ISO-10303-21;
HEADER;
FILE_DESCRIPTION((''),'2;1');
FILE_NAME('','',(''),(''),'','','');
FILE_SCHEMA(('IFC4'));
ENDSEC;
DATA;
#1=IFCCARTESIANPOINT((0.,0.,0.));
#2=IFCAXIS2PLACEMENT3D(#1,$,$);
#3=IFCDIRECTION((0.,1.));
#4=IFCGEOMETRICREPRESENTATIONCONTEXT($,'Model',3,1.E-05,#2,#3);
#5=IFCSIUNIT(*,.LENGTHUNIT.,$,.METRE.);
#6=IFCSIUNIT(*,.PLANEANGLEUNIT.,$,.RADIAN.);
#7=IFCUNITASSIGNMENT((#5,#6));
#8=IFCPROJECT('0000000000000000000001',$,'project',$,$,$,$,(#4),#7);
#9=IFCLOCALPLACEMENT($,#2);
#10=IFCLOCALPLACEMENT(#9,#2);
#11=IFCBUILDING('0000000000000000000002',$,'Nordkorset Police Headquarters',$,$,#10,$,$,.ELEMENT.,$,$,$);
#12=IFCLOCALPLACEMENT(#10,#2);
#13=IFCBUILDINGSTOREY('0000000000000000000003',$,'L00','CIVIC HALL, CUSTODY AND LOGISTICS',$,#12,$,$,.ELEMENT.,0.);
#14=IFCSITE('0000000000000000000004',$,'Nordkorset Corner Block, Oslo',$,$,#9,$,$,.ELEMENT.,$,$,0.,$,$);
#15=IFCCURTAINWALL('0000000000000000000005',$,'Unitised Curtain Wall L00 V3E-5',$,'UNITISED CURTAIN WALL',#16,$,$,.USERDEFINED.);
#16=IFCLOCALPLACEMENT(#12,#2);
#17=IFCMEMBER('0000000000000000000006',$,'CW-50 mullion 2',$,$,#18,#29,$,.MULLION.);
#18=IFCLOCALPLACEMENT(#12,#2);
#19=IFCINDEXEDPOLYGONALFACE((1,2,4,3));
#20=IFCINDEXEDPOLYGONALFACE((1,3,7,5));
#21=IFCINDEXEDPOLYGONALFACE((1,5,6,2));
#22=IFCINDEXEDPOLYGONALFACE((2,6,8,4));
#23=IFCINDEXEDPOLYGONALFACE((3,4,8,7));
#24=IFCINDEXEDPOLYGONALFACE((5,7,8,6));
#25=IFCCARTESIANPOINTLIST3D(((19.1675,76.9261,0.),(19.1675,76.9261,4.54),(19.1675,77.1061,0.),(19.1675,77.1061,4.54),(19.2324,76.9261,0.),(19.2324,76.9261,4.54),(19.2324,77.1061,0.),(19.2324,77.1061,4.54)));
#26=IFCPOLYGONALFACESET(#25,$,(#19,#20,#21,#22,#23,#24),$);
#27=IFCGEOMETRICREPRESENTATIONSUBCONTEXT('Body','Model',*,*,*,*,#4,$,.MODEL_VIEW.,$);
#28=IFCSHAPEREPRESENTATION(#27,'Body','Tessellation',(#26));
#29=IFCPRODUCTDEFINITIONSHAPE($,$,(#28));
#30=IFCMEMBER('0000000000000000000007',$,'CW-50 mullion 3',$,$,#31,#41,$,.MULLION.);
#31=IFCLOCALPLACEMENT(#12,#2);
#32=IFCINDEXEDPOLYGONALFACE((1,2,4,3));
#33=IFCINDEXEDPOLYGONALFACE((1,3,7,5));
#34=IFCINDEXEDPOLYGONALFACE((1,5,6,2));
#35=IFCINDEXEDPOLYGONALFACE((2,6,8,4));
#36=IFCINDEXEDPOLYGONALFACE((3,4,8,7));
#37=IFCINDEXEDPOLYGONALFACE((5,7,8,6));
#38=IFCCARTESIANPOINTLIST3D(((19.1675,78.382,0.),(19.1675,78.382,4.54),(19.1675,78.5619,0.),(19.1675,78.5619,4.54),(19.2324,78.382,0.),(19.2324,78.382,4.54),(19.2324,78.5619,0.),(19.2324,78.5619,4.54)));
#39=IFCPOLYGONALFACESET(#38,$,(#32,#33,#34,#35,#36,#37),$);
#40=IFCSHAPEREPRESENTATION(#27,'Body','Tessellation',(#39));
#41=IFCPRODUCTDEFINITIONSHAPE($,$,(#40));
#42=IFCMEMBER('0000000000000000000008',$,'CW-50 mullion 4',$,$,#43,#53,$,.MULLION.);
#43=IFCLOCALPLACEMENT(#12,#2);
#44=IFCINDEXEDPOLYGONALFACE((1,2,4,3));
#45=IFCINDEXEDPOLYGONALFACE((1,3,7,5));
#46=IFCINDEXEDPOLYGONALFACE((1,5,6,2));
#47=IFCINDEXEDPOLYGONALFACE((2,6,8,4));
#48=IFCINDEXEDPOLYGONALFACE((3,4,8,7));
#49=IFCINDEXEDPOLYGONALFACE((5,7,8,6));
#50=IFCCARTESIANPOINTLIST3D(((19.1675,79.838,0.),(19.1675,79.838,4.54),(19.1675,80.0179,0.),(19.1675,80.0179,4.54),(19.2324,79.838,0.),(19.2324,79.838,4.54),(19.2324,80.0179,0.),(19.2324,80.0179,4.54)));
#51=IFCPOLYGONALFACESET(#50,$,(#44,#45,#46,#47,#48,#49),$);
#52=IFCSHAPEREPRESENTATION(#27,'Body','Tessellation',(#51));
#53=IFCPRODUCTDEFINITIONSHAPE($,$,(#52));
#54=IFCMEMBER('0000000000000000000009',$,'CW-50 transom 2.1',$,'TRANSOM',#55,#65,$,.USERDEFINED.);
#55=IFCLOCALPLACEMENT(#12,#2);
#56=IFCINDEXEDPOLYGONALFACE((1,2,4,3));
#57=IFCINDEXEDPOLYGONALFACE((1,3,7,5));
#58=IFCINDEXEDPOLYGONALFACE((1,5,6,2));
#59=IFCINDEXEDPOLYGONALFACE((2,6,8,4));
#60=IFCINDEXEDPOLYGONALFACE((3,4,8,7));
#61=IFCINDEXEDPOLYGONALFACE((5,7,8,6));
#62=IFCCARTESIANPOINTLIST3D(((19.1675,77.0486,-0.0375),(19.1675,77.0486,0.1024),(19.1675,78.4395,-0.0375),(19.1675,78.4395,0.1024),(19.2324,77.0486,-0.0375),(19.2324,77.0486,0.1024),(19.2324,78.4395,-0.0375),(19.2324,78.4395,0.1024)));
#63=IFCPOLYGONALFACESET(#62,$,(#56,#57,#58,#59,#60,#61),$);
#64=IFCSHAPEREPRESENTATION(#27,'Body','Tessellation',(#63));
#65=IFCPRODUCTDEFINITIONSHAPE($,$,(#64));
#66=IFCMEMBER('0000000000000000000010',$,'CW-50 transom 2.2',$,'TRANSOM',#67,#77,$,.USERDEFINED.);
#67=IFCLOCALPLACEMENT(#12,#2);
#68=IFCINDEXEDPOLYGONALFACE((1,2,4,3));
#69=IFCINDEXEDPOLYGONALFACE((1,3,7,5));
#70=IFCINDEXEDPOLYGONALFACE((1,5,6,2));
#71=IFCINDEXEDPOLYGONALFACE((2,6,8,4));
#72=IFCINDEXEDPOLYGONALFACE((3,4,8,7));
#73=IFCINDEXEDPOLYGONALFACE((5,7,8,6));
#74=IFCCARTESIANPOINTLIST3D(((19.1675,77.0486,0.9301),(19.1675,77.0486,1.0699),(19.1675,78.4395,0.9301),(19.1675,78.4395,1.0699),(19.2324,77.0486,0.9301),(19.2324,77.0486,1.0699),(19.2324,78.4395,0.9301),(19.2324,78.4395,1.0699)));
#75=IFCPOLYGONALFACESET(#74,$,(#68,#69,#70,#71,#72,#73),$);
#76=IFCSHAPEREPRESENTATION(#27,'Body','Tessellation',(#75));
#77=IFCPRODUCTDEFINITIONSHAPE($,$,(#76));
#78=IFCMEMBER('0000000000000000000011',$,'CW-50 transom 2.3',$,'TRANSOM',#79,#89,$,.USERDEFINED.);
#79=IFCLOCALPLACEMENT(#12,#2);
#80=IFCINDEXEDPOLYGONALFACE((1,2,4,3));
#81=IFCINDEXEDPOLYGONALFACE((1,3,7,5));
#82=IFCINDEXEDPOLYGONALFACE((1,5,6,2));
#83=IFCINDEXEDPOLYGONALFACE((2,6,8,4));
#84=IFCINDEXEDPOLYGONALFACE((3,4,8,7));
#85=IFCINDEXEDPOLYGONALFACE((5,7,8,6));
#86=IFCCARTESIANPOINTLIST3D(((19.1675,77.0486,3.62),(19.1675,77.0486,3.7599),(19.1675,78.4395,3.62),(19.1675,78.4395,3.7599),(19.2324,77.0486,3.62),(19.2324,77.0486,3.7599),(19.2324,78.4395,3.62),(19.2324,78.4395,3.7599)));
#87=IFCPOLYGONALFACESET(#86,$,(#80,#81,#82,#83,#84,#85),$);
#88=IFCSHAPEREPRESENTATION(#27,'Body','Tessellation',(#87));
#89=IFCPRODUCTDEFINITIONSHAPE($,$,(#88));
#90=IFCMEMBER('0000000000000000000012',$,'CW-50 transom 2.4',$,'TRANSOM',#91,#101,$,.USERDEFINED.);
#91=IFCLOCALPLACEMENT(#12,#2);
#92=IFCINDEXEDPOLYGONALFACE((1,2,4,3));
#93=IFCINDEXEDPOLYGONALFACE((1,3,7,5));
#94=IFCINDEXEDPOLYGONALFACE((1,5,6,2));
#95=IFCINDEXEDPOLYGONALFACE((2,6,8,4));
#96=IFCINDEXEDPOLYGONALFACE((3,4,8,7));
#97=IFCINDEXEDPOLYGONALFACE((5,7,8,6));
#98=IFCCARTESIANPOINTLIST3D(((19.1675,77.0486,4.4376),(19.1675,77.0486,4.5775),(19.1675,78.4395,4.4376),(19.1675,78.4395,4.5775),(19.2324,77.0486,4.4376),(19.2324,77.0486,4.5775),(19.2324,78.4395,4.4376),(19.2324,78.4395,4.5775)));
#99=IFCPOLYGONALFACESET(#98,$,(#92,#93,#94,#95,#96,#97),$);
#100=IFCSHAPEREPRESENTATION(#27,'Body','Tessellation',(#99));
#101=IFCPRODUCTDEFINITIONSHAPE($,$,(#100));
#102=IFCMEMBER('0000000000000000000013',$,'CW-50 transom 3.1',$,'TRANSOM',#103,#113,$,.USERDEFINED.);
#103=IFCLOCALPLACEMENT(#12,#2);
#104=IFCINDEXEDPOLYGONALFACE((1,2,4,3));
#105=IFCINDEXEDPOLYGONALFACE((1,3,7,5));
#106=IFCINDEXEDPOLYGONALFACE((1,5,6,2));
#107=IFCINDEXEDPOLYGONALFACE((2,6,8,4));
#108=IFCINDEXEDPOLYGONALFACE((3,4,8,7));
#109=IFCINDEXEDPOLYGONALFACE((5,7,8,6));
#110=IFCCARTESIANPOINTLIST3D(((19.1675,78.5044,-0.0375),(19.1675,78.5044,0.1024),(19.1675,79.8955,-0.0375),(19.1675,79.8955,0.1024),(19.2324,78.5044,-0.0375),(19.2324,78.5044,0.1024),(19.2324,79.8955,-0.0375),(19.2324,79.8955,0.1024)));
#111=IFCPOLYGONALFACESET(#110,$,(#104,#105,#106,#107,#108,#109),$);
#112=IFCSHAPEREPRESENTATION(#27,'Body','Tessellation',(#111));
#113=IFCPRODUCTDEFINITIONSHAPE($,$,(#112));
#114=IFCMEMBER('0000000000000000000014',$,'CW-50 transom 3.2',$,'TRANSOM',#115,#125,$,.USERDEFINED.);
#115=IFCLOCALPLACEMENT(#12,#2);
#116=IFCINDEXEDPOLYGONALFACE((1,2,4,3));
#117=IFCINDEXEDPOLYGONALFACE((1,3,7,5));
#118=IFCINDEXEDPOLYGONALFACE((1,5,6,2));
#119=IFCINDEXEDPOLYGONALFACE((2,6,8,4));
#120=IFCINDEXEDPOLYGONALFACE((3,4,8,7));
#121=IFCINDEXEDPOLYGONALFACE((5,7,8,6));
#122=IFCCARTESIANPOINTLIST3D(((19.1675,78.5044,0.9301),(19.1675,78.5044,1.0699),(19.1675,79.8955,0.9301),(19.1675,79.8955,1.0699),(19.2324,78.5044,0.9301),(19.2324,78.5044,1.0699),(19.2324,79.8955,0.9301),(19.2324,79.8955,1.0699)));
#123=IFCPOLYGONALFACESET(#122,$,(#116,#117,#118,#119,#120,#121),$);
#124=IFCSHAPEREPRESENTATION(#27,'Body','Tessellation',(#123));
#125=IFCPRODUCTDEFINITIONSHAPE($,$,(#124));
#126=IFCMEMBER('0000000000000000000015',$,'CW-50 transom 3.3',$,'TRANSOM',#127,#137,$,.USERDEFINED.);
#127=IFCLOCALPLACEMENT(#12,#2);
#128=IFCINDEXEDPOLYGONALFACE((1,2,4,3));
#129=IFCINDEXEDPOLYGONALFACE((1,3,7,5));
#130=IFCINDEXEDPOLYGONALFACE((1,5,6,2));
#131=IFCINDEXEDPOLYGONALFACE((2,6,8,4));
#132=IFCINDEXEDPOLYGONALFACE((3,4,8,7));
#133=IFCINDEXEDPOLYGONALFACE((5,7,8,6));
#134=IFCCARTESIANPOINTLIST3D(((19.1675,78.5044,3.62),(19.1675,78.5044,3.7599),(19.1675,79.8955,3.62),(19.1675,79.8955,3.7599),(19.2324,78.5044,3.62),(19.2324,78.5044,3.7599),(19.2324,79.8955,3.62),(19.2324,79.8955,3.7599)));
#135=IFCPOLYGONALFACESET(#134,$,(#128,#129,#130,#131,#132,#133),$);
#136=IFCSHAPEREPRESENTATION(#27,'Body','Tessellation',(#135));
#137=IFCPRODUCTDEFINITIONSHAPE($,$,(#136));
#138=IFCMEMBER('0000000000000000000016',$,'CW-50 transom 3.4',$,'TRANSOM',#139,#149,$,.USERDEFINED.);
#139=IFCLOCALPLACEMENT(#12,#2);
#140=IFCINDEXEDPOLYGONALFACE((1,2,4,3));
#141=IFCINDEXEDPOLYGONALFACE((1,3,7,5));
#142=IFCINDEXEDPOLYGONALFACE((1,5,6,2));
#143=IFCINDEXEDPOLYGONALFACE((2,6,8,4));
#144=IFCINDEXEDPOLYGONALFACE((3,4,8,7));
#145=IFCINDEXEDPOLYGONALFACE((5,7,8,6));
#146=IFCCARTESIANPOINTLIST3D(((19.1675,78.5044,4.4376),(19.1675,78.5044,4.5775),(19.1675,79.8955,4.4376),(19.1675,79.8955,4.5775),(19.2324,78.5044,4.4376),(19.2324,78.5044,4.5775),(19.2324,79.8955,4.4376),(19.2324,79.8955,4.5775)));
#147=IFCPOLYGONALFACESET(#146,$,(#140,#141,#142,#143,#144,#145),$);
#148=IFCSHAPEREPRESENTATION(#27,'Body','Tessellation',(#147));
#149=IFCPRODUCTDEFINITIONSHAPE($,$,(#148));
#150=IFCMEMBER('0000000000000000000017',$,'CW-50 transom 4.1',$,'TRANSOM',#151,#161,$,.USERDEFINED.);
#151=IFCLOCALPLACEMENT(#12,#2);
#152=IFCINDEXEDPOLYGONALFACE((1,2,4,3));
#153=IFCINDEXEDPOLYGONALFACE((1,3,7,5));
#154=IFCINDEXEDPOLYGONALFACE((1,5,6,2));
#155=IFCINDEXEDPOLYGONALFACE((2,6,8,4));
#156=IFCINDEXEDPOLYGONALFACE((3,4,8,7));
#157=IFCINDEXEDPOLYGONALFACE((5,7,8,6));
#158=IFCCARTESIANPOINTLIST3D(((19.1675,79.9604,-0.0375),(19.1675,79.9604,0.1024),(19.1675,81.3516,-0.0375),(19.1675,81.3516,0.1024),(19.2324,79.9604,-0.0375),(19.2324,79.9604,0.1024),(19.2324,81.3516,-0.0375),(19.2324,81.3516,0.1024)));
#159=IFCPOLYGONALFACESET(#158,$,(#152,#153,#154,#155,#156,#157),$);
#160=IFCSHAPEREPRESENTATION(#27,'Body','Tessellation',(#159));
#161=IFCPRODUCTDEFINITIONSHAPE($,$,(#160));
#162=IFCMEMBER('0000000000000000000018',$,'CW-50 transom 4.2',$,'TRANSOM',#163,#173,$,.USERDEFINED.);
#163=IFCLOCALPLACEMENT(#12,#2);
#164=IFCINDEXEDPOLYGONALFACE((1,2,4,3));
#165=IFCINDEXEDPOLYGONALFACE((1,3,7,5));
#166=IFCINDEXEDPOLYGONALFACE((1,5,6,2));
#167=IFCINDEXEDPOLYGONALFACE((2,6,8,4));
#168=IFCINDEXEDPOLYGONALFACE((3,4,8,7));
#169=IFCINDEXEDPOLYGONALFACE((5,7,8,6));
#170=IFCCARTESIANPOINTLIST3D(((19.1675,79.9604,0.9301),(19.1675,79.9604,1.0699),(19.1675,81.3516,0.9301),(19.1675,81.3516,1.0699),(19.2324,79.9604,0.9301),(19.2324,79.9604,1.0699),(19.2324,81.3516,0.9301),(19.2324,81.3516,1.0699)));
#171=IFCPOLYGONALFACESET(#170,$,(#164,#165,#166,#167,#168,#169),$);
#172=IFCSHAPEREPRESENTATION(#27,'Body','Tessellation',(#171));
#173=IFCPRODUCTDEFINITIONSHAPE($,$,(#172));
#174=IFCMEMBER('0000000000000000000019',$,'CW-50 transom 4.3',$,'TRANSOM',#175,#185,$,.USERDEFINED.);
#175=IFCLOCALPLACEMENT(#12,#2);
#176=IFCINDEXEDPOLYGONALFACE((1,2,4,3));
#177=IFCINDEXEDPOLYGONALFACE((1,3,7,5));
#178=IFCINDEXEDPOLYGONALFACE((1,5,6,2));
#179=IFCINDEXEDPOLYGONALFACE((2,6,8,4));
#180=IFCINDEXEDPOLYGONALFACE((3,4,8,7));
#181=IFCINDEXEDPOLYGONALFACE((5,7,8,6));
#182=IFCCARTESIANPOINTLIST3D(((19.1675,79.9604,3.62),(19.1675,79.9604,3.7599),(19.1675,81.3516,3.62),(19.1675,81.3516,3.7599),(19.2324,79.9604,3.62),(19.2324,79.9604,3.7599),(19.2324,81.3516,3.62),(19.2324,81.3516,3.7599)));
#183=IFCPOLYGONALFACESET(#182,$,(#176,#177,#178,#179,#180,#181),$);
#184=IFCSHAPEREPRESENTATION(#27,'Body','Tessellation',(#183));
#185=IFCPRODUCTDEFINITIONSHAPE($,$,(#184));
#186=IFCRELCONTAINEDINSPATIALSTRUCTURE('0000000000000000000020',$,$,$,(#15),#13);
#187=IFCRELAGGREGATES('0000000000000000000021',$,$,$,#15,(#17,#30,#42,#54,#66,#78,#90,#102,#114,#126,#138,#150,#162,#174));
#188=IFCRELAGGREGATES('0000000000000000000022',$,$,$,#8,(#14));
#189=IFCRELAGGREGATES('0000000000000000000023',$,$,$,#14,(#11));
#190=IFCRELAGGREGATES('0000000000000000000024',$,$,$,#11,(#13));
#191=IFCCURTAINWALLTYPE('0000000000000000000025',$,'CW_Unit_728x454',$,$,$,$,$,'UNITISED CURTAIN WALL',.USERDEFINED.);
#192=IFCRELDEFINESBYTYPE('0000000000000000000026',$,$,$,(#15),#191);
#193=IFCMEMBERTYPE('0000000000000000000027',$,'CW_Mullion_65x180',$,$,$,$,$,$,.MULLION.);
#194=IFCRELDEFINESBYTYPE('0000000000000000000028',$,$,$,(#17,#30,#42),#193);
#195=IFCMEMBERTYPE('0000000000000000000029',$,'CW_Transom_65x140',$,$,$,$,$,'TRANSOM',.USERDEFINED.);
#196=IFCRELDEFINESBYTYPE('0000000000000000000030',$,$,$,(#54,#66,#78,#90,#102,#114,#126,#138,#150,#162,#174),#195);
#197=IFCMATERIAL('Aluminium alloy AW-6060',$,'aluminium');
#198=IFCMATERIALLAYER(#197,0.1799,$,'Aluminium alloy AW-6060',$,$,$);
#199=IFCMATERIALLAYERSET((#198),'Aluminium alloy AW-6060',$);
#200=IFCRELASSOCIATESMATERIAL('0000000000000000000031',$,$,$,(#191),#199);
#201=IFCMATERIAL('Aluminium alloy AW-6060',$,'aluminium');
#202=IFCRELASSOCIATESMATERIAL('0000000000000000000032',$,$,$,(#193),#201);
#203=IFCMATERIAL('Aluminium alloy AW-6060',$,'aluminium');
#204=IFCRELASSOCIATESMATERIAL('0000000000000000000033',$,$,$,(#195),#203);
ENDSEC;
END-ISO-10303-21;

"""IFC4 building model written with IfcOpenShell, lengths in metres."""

from ifc_helpers import new_model, si_unit, direction, frame, origin, origin_2d, place, context, subcontext, project, spatial, rectangle, extrude, material, layer, layer_set, material_profile, profile_set, type_object, element, aggregate, save


model = new_model("IFC4")

# Units and contexts
model_context = context("Model", 3, precision=1e-05, world=origin(), true_north=direction((0.0, 1.0)))
body_context = subcontext(model_context, "Body", "Model", "MODEL_VIEW")
ifc_project = project(units=[si_unit("LENGTHUNIT", "METRE"), si_unit("PLANEANGLEUNIT", "RADIAN")], contexts=[model_context])

# Site, building, storey
site_placement = place(None, origin())
site = spatial("IfcSite", under=ifc_project, at=site_placement, Name="Nordkorset Corner Block, Oslo", CompositionType="ELEMENT", RefElevation=0.0)
building_placement = place(site_placement, origin())
building = spatial("IfcBuilding", under=site, at=building_placement, Name="Nordkorset Police Headquarters", CompositionType="ELEMENT")
storey_placement = place(building_placement, origin())
storey = spatial("IfcBuildingStorey", under=building, at=storey_placement, Name="L00", Description="CIVIC HALL, CUSTODY AND LOGISTICS", CompositionType="ELEMENT", Elevation=0.0)

# Curtain wall, members
ifc_material_1 = material(Name="Aluminium alloy AW-6060", Category="aluminium")
ifc_layer_1 = layer(ifc_material_1, 0.1799, Name="Aluminium alloy AW-6060")
ifc_layer_set_1 = layer_set([ifc_layer_1], Name="Aluminium alloy AW-6060")
curtain_wall_type = type_object("IfcCurtainWallType", Name="CW_Unit_728x454", ElementType="UNITISED CURTAIN WALL", PredefinedType="USERDEFINED", material=ifc_layer_set_1)
curtain_wall_placement = place(storey_placement, origin())
curtain_wall = element("IfcCurtainWall", 1, at=curtain_wall_placement, inside=storey, type_object=curtain_wall_type, Name="Unitised Curtain Wall L00 V3E-5", ObjectType="UNITISED CURTAIN WALL", PredefinedType="USERDEFINED")
ifc_material_2 = material(Name="Aluminium alloy AW-6060", Category="aluminium")
ifc_material_profile_1 = material_profile(ifc_material_2, rectangle(XDim=0.0649, YDim=0.1799, at=origin_2d()), Name="ALU MULL 65x180")
ifc_profile_set_1 = profile_set([ifc_material_profile_1], Name="Aluminium alloy AW-6060")
member_type_1 = type_object("IfcMemberType", Name="CW_Mullion_65x180", PredefinedType="MULLION", material=ifc_profile_set_1)
member_1_placement = place(storey_placement, frame((19.2, 77.0161, 0.0), z_axis=(0.0, 0.0, 1.0), x_axis=(-1.0, 0.0, 0.0)))
member_1 = element("IfcMember", 2, at=member_1_placement, type_object=member_type_1, Name="CW-50 mullion 2", PredefinedType="MULLION", context=body_context, shape_type="SweptSolid", body=[
    extrude(rectangle(XDim=0.0649, YDim=0.1799, at=origin_2d()), origin(), (0.0, 0.0, 1.0), 4.54),
])
member_2_placement = place(storey_placement, frame((19.2, 78.4719, 0.0), z_axis=(0.0, 0.0, 1.0), x_axis=(-1.0, 0.0, 0.0)))
member_2 = element("IfcMember", 3, at=member_2_placement, type_object=member_type_1, Name="CW-50 mullion 3", PredefinedType="MULLION", context=body_context, shape_type="SweptSolid", body=[
    extrude(rectangle(XDim=0.0649, YDim=0.1799, at=origin_2d()), origin(), (0.0, 0.0, 1.0), 4.54),
])
member_3_placement = place(storey_placement, frame((19.2, 79.928, 0.0), z_axis=(0.0, 0.0, 1.0), x_axis=(-1.0, 0.0, 0.0)))
member_3 = element("IfcMember", 4, at=member_3_placement, type_object=member_type_1, Name="CW-50 mullion 4", PredefinedType="MULLION", context=body_context, shape_type="SweptSolid", body=[
    extrude(rectangle(XDim=0.0649, YDim=0.1799, at=origin_2d()), origin(), (0.0, 0.0, 1.0), 4.54),
])
ifc_material_3 = material(Name="Aluminium alloy AW-6060", Category="aluminium")
ifc_material_profile_2 = material_profile(ifc_material_3, rectangle(XDim=0.0649, YDim=0.1399, at=origin_2d()), Name="ALU TRAN 65x140")
ifc_profile_set_2 = profile_set([ifc_material_profile_2], Name="Aluminium alloy AW-6060")
member_type_2 = type_object("IfcMemberType", Name="CW_Transom_65x140", ElementType="TRANSOM", PredefinedType="USERDEFINED", material=ifc_profile_set_2)
member_4_placement = place(storey_placement, frame((19.2, 77.0486, 0.0325), z_axis=(0.0, 1.0, 0.0), x_axis=(-1.0, 0.0, 0.0)))
member_4 = element("IfcMember", 5, at=member_4_placement, type_object=member_type_2, Name="CW-50 transom 2.1", ObjectType="TRANSOM", PredefinedType="USERDEFINED", context=body_context, shape_type="SweptSolid", body=[
    extrude(rectangle(XDim=0.0649, YDim=0.1399, at=origin_2d()), origin(), (0.0, 0.0, 1.0), 1.3909),
])
member_5_placement = place(storey_placement, frame((19.2, 77.0486, 1.0), z_axis=(0.0, 1.0, 0.0), x_axis=(-1.0, 0.0, 0.0)))
member_5 = element("IfcMember", 6, at=member_5_placement, type_object=member_type_2, Name="CW-50 transom 2.2", ObjectType="TRANSOM", PredefinedType="USERDEFINED", context=body_context, shape_type="SweptSolid", body=[
    extrude(rectangle(XDim=0.0649, YDim=0.1399, at=origin_2d()), origin(), (0.0, 0.0, 1.0), 1.3909),
])
member_6_placement = place(storey_placement, frame((19.2, 77.0486, 3.6899), z_axis=(0.0, 1.0, 0.0), x_axis=(-1.0, 0.0, 0.0)))
member_6 = element("IfcMember", 7, at=member_6_placement, type_object=member_type_2, Name="CW-50 transom 2.3", ObjectType="TRANSOM", PredefinedType="USERDEFINED", context=body_context, shape_type="SweptSolid", body=[
    extrude(rectangle(XDim=0.0649, YDim=0.1399, at=origin_2d()), origin(), (0.0, 0.0, 1.0), 1.3909),
])
member_7_placement = place(storey_placement, frame((19.2, 77.0486, 4.5076), z_axis=(0.0, 1.0, 0.0), x_axis=(-1.0, 0.0, 0.0)))
member_7 = element("IfcMember", 8, at=member_7_placement, type_object=member_type_2, Name="CW-50 transom 2.4", ObjectType="TRANSOM", PredefinedType="USERDEFINED", context=body_context, shape_type="SweptSolid", body=[
    extrude(rectangle(XDim=0.0649, YDim=0.1399, at=origin_2d()), origin(), (0.0, 0.0, 1.0), 1.3909),
])
member_8_placement = place(storey_placement, frame((19.2, 78.5044, 0.0325), z_axis=(0.0, 1.0, 0.0), x_axis=(-1.0, 0.0, 0.0)))
member_8 = element("IfcMember", 9, at=member_8_placement, type_object=member_type_2, Name="CW-50 transom 3.1", ObjectType="TRANSOM", PredefinedType="USERDEFINED", context=body_context, shape_type="SweptSolid", body=[
    extrude(rectangle(XDim=0.0649, YDim=0.1399, at=origin_2d()), origin(), (0.0, 0.0, 1.0), 1.3911),
])
member_9_placement = place(storey_placement, frame((19.2, 78.5044, 1.0), z_axis=(0.0, 1.0, 0.0), x_axis=(-1.0, 0.0, 0.0)))
member_9 = element("IfcMember", 10, at=member_9_placement, type_object=member_type_2, Name="CW-50 transom 3.2", ObjectType="TRANSOM", PredefinedType="USERDEFINED", context=body_context, shape_type="SweptSolid", body=[
    extrude(rectangle(XDim=0.0649, YDim=0.1399, at=origin_2d()), origin(), (0.0, 0.0, 1.0), 1.3911),
])
member_10_placement = place(storey_placement, frame((19.2, 78.5044, 3.6899), z_axis=(0.0, 1.0, 0.0), x_axis=(-1.0, 0.0, 0.0)))
member_10 = element("IfcMember", 11, at=member_10_placement, type_object=member_type_2, Name="CW-50 transom 3.3", ObjectType="TRANSOM", PredefinedType="USERDEFINED", context=body_context, shape_type="SweptSolid", body=[
    extrude(rectangle(XDim=0.0649, YDim=0.1399, at=origin_2d()), origin(), (0.0, 0.0, 1.0), 1.3911),
])
member_11_placement = place(storey_placement, frame((19.2, 78.5044, 4.5076), z_axis=(0.0, 1.0, 0.0), x_axis=(-1.0, 0.0, 0.0)))
member_11 = element("IfcMember", 12, at=member_11_placement, type_object=member_type_2, Name="CW-50 transom 3.4", ObjectType="TRANSOM", PredefinedType="USERDEFINED", context=body_context, shape_type="SweptSolid", body=[
    extrude(rectangle(XDim=0.0649, YDim=0.1399, at=origin_2d()), origin(), (0.0, 0.0, 1.0), 1.3911),
])
member_12_placement = place(storey_placement, frame((19.2, 79.9604, 0.0325), z_axis=(0.0, 1.0, 0.0), x_axis=(-1.0, 0.0, 0.0)))
member_12 = element("IfcMember", 13, at=member_12_placement, type_object=member_type_2, Name="CW-50 transom 4.1", ObjectType="TRANSOM", PredefinedType="USERDEFINED", context=body_context, shape_type="SweptSolid", body=[
    extrude(rectangle(XDim=0.0649, YDim=0.1399, at=origin_2d()), origin(), (0.0, 0.0, 1.0), 1.3911),
])
member_13_placement = place(storey_placement, frame((19.2, 79.9604, 1.0), z_axis=(0.0, 1.0, 0.0), x_axis=(-1.0, 0.0, 0.0)))
member_13 = element("IfcMember", 14, at=member_13_placement, type_object=member_type_2, Name="CW-50 transom 4.2", ObjectType="TRANSOM", PredefinedType="USERDEFINED", context=body_context, shape_type="SweptSolid", body=[
    extrude(rectangle(XDim=0.0649, YDim=0.1399, at=origin_2d()), origin(), (0.0, 0.0, 1.0), 1.3911),
])
member_14_placement = place(storey_placement, frame((19.2, 79.9604, 3.6899), z_axis=(0.0, 1.0, 0.0), x_axis=(-1.0, 0.0, 0.0)))
member_14 = element("IfcMember", 15, at=member_14_placement, type_object=member_type_2, Name="CW-50 transom 4.3", ObjectType="TRANSOM", PredefinedType="USERDEFINED", context=body_context, shape_type="SweptSolid", body=[
    extrude(rectangle(XDim=0.0649, YDim=0.1399, at=origin_2d()), origin(), (0.0, 0.0, 1.0), 1.3911),
])
aggregate(curtain_wall, [member_1, member_2, member_3, member_4, member_5, member_6, member_7, member_8, member_9, member_10, member_11, member_12, member_13, member_14])

save(model, "model.ifc")
